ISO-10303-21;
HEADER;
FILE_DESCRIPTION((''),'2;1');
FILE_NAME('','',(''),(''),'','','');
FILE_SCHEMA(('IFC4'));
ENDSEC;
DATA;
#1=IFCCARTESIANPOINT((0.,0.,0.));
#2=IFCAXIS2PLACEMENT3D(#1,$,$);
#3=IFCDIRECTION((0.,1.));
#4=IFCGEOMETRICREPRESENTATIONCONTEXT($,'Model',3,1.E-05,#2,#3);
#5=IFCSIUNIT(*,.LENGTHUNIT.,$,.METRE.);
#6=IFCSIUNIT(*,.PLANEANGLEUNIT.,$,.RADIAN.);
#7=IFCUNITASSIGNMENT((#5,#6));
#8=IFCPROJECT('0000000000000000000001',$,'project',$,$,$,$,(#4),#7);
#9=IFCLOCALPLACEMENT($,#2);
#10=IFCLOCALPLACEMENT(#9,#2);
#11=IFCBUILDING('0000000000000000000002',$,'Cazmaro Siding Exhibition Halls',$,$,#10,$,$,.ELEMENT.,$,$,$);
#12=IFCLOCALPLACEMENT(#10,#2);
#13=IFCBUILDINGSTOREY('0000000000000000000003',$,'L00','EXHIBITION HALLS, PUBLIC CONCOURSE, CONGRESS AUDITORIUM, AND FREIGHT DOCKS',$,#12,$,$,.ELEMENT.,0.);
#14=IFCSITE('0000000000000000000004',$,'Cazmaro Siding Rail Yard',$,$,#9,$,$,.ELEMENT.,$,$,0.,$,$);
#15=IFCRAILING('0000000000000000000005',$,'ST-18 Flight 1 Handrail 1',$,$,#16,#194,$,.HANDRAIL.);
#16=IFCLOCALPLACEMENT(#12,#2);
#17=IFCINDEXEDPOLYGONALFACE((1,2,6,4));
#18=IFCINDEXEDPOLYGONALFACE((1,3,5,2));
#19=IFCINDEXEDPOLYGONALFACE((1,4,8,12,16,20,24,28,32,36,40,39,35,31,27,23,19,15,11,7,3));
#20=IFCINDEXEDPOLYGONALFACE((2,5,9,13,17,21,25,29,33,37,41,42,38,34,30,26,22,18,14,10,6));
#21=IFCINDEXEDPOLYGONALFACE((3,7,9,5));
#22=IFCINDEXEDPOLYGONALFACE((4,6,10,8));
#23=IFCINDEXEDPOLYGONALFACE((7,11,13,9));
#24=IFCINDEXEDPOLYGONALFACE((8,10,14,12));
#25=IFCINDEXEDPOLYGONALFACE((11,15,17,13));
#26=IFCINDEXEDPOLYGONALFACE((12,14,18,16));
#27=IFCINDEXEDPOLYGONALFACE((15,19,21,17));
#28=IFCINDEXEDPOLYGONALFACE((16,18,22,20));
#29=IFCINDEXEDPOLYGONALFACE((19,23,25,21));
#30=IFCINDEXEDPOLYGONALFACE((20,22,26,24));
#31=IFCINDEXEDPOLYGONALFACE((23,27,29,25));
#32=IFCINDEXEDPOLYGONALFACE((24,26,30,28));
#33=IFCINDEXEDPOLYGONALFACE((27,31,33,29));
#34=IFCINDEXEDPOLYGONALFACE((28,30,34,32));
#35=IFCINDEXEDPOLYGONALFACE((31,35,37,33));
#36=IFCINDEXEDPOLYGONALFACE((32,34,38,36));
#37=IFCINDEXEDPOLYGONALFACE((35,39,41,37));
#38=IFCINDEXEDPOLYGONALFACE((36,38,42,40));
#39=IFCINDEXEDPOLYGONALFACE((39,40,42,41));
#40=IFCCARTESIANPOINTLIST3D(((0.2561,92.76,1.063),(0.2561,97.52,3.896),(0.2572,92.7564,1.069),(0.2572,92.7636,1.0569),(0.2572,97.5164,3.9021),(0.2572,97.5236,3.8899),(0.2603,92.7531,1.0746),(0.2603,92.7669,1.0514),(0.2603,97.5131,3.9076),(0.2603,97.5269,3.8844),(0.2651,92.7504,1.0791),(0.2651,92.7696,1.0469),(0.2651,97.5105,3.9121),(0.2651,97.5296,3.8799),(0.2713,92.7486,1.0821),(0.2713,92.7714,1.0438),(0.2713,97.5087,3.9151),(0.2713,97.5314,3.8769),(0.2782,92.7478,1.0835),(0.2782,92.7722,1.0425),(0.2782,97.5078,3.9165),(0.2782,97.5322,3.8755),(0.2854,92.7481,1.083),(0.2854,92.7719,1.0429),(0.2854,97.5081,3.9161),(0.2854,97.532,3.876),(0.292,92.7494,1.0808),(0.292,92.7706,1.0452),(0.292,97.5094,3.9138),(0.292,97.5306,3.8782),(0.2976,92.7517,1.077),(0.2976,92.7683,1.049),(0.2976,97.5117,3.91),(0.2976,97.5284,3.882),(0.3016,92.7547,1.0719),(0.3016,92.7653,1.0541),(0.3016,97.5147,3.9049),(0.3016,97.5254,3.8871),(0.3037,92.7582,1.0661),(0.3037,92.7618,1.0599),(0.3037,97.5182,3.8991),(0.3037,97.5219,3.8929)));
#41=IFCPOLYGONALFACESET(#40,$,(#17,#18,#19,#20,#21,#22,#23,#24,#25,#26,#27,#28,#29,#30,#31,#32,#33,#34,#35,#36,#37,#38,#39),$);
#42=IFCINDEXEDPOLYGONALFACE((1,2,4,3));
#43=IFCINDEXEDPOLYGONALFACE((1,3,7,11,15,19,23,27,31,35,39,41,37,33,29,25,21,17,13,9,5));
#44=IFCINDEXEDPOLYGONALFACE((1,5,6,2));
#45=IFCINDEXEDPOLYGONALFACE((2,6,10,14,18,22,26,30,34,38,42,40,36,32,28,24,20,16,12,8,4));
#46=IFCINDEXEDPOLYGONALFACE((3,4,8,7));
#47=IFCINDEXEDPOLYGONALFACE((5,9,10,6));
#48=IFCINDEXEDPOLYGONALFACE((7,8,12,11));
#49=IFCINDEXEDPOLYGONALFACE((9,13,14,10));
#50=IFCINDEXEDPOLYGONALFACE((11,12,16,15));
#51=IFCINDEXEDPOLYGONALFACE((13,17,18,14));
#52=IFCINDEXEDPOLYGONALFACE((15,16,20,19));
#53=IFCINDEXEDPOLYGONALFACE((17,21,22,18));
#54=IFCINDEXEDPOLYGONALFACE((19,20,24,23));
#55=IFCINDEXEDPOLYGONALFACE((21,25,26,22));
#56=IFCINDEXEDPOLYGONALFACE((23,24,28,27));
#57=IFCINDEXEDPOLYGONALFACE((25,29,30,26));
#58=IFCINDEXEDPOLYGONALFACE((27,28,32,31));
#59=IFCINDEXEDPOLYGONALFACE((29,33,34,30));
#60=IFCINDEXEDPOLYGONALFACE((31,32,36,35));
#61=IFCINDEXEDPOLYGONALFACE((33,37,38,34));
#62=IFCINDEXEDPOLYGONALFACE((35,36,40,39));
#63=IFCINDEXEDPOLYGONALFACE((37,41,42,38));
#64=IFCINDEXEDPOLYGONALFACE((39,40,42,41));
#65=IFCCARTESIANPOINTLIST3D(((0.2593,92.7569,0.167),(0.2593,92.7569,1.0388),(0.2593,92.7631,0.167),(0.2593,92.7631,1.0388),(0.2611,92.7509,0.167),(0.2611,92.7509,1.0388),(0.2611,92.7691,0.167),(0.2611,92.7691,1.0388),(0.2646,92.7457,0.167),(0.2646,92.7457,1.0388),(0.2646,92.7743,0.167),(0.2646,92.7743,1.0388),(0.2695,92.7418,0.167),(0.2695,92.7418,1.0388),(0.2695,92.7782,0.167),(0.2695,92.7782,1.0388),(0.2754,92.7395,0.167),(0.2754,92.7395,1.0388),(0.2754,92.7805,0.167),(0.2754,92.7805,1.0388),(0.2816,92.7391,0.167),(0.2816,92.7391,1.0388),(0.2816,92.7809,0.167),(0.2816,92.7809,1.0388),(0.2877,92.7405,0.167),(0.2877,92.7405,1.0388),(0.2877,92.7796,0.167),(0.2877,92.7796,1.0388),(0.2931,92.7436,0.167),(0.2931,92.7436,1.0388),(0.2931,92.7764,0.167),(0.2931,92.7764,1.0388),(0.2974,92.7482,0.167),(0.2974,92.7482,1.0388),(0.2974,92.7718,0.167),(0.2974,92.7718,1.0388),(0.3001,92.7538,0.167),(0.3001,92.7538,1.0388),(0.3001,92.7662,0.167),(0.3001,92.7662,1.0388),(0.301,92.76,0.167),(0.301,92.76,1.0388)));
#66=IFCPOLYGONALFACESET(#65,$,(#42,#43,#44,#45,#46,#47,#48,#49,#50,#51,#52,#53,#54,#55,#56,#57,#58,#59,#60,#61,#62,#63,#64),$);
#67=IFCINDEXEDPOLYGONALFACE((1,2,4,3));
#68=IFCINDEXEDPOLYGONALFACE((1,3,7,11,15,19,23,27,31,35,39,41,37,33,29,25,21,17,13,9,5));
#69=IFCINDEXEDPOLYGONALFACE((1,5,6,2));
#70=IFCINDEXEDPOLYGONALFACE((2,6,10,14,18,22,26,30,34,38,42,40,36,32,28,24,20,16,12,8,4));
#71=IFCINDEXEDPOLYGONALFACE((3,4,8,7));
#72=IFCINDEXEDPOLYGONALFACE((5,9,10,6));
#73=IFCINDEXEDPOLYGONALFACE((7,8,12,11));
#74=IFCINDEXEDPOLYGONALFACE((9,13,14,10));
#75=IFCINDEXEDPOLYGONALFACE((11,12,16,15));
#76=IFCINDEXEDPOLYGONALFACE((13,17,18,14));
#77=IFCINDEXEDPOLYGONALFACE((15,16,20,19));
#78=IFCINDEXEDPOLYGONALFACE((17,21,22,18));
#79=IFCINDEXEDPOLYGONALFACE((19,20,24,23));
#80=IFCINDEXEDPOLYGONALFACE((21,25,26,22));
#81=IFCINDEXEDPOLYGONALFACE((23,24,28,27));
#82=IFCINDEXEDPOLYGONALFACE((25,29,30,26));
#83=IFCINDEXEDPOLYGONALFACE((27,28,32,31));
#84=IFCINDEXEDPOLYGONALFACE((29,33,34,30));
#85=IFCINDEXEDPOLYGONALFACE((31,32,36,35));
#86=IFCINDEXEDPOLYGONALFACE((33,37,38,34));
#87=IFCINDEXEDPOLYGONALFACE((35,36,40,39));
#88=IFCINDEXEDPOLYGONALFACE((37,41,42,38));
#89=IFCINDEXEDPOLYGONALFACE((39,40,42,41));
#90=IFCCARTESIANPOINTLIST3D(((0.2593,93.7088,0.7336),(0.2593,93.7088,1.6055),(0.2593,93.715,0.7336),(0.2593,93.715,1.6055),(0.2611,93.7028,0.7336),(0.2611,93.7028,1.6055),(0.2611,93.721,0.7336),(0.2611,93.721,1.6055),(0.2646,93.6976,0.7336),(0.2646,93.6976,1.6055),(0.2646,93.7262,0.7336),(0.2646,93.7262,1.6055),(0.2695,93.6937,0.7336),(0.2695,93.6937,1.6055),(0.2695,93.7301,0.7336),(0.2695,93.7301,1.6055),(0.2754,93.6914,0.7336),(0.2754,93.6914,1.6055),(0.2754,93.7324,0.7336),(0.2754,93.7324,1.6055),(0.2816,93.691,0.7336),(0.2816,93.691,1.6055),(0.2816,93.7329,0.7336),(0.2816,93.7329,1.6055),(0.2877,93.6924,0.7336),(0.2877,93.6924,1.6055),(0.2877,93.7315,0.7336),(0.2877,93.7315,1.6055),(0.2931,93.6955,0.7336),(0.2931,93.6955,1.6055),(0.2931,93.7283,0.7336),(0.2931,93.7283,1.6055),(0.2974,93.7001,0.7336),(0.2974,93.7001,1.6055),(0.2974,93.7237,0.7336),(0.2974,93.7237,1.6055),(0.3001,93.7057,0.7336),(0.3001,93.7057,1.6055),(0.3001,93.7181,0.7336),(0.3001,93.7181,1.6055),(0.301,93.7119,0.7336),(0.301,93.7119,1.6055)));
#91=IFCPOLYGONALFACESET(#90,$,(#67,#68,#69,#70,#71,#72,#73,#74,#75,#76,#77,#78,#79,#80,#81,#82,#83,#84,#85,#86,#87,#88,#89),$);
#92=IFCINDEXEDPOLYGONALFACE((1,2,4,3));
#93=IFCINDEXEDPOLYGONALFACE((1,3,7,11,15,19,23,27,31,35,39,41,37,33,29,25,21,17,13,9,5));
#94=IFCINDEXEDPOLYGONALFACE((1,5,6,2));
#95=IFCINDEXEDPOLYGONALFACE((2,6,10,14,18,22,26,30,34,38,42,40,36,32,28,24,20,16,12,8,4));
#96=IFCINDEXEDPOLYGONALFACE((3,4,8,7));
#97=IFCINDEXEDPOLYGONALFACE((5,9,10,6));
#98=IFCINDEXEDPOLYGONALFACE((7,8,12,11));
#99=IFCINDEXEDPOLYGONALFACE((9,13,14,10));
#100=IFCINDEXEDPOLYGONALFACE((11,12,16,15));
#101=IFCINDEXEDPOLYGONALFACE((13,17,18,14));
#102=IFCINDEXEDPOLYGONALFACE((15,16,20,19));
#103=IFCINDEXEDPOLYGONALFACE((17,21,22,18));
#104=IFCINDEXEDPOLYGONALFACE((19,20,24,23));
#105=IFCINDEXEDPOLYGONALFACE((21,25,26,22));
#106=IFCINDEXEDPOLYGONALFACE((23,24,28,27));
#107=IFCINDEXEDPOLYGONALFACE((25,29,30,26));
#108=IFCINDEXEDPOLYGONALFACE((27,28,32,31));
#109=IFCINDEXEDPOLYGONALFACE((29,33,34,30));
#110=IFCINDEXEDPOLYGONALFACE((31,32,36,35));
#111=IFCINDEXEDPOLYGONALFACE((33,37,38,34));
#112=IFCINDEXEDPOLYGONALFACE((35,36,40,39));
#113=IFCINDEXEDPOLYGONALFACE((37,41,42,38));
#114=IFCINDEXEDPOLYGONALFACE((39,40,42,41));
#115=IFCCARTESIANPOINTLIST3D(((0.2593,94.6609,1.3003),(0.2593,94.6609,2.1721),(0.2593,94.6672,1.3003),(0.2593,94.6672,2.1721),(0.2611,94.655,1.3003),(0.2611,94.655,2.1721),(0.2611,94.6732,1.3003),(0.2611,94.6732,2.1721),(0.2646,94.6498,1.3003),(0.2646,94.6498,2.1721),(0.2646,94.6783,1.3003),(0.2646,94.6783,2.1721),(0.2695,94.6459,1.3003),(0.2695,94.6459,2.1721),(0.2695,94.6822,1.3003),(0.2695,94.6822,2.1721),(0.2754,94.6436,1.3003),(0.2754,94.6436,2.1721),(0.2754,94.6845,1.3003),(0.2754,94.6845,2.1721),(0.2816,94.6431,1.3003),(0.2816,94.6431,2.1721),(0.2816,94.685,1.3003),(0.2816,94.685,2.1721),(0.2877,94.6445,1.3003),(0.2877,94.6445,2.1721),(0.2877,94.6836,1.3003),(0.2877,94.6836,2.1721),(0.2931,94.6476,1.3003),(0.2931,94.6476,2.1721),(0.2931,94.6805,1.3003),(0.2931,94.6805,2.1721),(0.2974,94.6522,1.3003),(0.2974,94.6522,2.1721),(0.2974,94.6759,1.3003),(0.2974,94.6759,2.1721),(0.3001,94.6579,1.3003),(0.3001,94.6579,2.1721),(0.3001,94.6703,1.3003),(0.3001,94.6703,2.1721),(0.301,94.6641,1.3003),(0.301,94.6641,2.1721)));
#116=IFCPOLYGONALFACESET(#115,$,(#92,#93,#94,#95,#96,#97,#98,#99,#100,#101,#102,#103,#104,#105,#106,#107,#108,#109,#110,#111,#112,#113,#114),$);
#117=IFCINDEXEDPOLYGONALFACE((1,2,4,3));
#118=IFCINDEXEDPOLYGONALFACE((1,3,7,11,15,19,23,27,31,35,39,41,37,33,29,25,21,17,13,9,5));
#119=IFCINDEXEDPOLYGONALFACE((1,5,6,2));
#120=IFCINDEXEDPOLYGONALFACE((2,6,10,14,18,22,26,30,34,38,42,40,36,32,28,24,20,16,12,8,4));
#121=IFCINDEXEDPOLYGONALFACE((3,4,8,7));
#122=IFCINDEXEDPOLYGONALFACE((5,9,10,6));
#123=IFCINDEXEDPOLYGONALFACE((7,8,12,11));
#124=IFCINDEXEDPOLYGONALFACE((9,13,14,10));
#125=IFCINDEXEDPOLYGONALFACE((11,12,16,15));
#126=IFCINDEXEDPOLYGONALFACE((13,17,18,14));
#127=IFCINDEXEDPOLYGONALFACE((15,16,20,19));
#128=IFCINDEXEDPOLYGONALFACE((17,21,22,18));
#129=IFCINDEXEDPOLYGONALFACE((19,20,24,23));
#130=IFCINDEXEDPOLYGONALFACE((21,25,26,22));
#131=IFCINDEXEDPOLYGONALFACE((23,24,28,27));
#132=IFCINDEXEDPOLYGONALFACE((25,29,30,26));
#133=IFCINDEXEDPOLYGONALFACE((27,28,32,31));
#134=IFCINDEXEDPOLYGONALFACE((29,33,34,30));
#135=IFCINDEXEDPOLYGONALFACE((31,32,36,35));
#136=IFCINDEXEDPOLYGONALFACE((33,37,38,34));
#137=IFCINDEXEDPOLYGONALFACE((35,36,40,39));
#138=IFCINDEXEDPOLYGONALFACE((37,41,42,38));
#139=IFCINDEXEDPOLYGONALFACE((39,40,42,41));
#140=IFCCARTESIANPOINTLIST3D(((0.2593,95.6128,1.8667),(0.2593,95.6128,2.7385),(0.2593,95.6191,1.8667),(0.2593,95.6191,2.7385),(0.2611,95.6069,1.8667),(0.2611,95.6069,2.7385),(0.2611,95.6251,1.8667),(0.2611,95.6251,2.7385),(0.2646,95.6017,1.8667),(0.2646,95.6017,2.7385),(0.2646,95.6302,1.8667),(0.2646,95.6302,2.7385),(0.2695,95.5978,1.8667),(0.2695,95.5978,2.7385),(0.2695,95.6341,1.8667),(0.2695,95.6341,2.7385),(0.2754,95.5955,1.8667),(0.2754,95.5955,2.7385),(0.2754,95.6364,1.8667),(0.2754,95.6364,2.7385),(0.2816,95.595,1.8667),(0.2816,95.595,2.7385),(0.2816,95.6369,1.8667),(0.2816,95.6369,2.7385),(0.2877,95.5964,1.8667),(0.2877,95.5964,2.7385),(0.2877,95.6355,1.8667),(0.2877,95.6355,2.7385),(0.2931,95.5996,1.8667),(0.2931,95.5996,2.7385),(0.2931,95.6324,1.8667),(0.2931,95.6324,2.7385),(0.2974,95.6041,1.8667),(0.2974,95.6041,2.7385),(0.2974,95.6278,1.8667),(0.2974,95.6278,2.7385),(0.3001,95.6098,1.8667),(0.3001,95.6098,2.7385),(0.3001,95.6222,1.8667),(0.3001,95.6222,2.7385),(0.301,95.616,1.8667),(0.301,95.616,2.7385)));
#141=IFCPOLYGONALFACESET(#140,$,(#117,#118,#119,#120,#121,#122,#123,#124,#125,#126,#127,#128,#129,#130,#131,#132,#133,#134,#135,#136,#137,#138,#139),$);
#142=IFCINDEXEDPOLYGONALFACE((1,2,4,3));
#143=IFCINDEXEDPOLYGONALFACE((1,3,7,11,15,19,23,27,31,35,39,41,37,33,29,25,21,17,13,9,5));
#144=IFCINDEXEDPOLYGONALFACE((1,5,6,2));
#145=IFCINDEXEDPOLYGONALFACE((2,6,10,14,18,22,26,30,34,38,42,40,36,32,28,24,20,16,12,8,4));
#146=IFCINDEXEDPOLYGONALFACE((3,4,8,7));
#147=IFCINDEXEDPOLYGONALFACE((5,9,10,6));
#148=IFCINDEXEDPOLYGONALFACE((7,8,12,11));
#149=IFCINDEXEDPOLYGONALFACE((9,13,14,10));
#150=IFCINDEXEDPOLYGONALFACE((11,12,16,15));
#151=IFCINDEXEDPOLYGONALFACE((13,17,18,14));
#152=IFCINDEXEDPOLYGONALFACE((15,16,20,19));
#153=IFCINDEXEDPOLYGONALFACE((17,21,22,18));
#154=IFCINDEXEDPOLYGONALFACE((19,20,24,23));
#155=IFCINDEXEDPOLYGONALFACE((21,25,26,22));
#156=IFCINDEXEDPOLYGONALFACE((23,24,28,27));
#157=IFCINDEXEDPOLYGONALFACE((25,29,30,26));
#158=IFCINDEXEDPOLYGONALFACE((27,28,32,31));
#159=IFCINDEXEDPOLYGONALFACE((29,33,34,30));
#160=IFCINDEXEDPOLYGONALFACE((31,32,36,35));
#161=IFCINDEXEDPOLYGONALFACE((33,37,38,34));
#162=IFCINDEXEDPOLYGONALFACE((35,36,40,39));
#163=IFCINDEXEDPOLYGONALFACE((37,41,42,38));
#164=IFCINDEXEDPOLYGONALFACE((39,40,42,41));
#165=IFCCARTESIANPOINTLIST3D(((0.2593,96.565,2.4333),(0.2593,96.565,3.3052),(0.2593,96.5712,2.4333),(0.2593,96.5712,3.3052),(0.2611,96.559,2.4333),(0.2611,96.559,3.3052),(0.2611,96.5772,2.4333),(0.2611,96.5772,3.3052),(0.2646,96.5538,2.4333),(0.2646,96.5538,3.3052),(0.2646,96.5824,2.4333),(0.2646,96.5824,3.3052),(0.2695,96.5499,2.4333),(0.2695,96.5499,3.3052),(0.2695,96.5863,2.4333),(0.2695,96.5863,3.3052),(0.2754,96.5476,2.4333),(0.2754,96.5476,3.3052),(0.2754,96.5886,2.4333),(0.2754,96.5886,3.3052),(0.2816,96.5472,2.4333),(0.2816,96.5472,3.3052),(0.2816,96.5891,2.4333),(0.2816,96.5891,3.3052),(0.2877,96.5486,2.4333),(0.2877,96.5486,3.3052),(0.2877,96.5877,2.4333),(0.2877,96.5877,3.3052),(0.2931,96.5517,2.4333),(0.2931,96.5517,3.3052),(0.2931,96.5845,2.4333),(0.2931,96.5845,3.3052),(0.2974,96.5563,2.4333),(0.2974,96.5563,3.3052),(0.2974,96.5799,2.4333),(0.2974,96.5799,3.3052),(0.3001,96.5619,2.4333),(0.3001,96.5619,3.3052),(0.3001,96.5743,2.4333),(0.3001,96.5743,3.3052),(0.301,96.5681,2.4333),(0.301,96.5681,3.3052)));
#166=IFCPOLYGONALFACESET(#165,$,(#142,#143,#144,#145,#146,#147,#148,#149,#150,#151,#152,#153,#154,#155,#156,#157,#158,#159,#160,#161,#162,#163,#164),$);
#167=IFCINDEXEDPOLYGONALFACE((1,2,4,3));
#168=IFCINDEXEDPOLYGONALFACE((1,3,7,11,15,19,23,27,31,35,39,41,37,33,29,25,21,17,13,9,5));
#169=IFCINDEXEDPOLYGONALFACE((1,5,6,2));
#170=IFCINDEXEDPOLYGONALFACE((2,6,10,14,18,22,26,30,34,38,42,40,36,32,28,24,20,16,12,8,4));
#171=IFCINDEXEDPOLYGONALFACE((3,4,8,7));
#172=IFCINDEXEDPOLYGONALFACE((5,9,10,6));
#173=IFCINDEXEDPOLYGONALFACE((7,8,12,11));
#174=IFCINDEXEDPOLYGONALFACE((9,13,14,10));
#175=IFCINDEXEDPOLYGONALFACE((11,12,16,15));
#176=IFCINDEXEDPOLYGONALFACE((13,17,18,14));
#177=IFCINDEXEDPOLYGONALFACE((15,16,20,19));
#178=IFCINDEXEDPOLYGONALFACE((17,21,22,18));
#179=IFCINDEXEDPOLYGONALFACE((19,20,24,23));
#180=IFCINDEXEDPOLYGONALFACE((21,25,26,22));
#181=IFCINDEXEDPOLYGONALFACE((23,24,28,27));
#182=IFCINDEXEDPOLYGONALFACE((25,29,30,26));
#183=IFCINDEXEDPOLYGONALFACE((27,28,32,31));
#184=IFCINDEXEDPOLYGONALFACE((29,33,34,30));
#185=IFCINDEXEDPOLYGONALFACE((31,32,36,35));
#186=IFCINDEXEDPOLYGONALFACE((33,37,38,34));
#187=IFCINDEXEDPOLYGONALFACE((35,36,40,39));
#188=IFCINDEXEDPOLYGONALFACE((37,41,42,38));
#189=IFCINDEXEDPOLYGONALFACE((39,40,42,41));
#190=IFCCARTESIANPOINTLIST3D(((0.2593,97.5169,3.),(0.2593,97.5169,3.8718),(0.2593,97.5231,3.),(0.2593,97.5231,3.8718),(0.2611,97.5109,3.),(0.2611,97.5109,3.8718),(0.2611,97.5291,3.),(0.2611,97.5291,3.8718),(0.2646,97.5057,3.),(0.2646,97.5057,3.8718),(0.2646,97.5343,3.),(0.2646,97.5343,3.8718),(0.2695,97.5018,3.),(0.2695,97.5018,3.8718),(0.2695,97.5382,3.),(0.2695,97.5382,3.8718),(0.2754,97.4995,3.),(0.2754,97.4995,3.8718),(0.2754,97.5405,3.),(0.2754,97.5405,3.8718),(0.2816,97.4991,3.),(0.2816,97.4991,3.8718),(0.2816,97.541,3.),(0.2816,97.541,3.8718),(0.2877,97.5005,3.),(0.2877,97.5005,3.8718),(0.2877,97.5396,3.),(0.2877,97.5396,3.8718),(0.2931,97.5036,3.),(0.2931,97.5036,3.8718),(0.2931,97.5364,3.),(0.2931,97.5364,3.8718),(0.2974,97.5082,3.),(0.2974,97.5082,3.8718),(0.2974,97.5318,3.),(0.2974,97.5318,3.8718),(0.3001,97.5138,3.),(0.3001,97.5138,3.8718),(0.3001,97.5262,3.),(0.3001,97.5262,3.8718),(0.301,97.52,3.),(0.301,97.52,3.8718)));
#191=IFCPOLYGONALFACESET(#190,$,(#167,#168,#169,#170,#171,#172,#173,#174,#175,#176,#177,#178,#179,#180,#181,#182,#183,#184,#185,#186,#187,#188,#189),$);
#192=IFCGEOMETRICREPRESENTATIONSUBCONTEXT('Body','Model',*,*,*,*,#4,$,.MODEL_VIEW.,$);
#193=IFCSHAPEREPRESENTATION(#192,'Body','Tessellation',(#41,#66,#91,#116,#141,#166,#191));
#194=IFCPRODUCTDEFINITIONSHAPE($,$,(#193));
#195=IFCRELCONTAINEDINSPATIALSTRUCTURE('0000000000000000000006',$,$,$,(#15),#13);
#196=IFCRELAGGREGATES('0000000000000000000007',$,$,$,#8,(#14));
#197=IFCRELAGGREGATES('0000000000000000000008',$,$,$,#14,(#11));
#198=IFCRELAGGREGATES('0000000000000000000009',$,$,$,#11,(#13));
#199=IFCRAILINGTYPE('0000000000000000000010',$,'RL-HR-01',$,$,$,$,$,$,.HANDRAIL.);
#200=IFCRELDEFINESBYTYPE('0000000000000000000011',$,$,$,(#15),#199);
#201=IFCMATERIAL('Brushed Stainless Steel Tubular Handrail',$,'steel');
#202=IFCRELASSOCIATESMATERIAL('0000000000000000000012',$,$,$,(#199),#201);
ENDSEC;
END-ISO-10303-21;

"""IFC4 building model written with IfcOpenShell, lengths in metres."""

from ifc_helpers import new_model, si_unit, direction, frame, origin, origin_2d, place, context, subcontext, project, spatial, circle, extrude, material, type_object, element, save


model = new_model("IFC4")

# Units and contexts
model_context = context("Model", 3, precision=1e-05, world=origin(), true_north=direction((0.0, 1.0)))
body_context = subcontext(model_context, "Body", "Model", "MODEL_VIEW")
ifc_project = project(units=[si_unit("LENGTHUNIT", "METRE"), si_unit("PLANEANGLEUNIT", "RADIAN")], contexts=[model_context])

# Site, building, storey
site_placement = place(None, origin())
site = spatial("IfcSite", under=ifc_project, at=site_placement, Name="Cazmaro Siding Rail Yard", CompositionType="ELEMENT", RefElevation=0.0)
building_placement = place(site_placement, origin())
building = spatial("IfcBuilding", under=site, at=building_placement, Name="Cazmaro Siding Exhibition Halls", CompositionType="ELEMENT")
storey_placement = place(building_placement, origin())
storey = spatial("IfcBuildingStorey", under=building, at=storey_placement, Name="L00", Description="EXHIBITION HALLS, PUBLIC CONCOURSE, CONGRESS AUDITORIUM, AND FREIGHT DOCKS", CompositionType="ELEMENT", Elevation=0.0)

# Railing
ifc_material_1 = material(Name="Brushed Stainless Steel Tubular Handrail", Category="steel")
railing_type = type_object("IfcRailingType", Name="RL-HR-01", PredefinedType="HANDRAIL", material=ifc_material_1)
for number, where, name in (
    (1, (0.28, 92.76, 0.167), "ST-18 Flight 1 Handrail 1"),
):
    element("IfcRailing", number, at=place(storey_placement, frame(where)), inside=storey, type_object=railing_type, Name=name, PredefinedType="HANDRAIL", context=body_context, shape_type="SweptSolid", body=[
        extrude(circle(Radius=0.0239, at=origin_2d()), frame((0.0, 0.0, 0.896), z_axis=(0.0, 0.859319, 0.51144), x_axis=(-1.0, 0.0, 0.0)), (0.0, 0.0, 1.0), 5.5393),
        extrude(circle(Radius=0.021, at=origin_2d()), origin(), (0.0, 0.0, 1.0), 0.8718),
        extrude(circle(Radius=0.021, at=origin_2d()), frame((0.0, 0.9519, 0.5667)), (0.0, 0.0, 1.0), 0.8718),
        extrude(circle(Radius=0.021, at=origin_2d()), frame((0.0, 1.9041, 1.1333)), (0.0, 0.0, 1.0), 0.8718),
        extrude(circle(Radius=0.021, at=origin_2d()), frame((0.0, 2.856, 1.6997)), (0.0, 0.0, 1.0), 0.8718),
        extrude(circle(Radius=0.021, at=origin_2d()), frame((0.0, 3.8081, 2.2664)), (0.0, 0.0, 1.0), 0.8718),
        extrude(circle(Radius=0.021, at=origin_2d()), frame((0.0, 4.76, 2.833)), (0.0, 0.0, 1.0), 0.8718),
    ])

save(model, "model.ifc")
